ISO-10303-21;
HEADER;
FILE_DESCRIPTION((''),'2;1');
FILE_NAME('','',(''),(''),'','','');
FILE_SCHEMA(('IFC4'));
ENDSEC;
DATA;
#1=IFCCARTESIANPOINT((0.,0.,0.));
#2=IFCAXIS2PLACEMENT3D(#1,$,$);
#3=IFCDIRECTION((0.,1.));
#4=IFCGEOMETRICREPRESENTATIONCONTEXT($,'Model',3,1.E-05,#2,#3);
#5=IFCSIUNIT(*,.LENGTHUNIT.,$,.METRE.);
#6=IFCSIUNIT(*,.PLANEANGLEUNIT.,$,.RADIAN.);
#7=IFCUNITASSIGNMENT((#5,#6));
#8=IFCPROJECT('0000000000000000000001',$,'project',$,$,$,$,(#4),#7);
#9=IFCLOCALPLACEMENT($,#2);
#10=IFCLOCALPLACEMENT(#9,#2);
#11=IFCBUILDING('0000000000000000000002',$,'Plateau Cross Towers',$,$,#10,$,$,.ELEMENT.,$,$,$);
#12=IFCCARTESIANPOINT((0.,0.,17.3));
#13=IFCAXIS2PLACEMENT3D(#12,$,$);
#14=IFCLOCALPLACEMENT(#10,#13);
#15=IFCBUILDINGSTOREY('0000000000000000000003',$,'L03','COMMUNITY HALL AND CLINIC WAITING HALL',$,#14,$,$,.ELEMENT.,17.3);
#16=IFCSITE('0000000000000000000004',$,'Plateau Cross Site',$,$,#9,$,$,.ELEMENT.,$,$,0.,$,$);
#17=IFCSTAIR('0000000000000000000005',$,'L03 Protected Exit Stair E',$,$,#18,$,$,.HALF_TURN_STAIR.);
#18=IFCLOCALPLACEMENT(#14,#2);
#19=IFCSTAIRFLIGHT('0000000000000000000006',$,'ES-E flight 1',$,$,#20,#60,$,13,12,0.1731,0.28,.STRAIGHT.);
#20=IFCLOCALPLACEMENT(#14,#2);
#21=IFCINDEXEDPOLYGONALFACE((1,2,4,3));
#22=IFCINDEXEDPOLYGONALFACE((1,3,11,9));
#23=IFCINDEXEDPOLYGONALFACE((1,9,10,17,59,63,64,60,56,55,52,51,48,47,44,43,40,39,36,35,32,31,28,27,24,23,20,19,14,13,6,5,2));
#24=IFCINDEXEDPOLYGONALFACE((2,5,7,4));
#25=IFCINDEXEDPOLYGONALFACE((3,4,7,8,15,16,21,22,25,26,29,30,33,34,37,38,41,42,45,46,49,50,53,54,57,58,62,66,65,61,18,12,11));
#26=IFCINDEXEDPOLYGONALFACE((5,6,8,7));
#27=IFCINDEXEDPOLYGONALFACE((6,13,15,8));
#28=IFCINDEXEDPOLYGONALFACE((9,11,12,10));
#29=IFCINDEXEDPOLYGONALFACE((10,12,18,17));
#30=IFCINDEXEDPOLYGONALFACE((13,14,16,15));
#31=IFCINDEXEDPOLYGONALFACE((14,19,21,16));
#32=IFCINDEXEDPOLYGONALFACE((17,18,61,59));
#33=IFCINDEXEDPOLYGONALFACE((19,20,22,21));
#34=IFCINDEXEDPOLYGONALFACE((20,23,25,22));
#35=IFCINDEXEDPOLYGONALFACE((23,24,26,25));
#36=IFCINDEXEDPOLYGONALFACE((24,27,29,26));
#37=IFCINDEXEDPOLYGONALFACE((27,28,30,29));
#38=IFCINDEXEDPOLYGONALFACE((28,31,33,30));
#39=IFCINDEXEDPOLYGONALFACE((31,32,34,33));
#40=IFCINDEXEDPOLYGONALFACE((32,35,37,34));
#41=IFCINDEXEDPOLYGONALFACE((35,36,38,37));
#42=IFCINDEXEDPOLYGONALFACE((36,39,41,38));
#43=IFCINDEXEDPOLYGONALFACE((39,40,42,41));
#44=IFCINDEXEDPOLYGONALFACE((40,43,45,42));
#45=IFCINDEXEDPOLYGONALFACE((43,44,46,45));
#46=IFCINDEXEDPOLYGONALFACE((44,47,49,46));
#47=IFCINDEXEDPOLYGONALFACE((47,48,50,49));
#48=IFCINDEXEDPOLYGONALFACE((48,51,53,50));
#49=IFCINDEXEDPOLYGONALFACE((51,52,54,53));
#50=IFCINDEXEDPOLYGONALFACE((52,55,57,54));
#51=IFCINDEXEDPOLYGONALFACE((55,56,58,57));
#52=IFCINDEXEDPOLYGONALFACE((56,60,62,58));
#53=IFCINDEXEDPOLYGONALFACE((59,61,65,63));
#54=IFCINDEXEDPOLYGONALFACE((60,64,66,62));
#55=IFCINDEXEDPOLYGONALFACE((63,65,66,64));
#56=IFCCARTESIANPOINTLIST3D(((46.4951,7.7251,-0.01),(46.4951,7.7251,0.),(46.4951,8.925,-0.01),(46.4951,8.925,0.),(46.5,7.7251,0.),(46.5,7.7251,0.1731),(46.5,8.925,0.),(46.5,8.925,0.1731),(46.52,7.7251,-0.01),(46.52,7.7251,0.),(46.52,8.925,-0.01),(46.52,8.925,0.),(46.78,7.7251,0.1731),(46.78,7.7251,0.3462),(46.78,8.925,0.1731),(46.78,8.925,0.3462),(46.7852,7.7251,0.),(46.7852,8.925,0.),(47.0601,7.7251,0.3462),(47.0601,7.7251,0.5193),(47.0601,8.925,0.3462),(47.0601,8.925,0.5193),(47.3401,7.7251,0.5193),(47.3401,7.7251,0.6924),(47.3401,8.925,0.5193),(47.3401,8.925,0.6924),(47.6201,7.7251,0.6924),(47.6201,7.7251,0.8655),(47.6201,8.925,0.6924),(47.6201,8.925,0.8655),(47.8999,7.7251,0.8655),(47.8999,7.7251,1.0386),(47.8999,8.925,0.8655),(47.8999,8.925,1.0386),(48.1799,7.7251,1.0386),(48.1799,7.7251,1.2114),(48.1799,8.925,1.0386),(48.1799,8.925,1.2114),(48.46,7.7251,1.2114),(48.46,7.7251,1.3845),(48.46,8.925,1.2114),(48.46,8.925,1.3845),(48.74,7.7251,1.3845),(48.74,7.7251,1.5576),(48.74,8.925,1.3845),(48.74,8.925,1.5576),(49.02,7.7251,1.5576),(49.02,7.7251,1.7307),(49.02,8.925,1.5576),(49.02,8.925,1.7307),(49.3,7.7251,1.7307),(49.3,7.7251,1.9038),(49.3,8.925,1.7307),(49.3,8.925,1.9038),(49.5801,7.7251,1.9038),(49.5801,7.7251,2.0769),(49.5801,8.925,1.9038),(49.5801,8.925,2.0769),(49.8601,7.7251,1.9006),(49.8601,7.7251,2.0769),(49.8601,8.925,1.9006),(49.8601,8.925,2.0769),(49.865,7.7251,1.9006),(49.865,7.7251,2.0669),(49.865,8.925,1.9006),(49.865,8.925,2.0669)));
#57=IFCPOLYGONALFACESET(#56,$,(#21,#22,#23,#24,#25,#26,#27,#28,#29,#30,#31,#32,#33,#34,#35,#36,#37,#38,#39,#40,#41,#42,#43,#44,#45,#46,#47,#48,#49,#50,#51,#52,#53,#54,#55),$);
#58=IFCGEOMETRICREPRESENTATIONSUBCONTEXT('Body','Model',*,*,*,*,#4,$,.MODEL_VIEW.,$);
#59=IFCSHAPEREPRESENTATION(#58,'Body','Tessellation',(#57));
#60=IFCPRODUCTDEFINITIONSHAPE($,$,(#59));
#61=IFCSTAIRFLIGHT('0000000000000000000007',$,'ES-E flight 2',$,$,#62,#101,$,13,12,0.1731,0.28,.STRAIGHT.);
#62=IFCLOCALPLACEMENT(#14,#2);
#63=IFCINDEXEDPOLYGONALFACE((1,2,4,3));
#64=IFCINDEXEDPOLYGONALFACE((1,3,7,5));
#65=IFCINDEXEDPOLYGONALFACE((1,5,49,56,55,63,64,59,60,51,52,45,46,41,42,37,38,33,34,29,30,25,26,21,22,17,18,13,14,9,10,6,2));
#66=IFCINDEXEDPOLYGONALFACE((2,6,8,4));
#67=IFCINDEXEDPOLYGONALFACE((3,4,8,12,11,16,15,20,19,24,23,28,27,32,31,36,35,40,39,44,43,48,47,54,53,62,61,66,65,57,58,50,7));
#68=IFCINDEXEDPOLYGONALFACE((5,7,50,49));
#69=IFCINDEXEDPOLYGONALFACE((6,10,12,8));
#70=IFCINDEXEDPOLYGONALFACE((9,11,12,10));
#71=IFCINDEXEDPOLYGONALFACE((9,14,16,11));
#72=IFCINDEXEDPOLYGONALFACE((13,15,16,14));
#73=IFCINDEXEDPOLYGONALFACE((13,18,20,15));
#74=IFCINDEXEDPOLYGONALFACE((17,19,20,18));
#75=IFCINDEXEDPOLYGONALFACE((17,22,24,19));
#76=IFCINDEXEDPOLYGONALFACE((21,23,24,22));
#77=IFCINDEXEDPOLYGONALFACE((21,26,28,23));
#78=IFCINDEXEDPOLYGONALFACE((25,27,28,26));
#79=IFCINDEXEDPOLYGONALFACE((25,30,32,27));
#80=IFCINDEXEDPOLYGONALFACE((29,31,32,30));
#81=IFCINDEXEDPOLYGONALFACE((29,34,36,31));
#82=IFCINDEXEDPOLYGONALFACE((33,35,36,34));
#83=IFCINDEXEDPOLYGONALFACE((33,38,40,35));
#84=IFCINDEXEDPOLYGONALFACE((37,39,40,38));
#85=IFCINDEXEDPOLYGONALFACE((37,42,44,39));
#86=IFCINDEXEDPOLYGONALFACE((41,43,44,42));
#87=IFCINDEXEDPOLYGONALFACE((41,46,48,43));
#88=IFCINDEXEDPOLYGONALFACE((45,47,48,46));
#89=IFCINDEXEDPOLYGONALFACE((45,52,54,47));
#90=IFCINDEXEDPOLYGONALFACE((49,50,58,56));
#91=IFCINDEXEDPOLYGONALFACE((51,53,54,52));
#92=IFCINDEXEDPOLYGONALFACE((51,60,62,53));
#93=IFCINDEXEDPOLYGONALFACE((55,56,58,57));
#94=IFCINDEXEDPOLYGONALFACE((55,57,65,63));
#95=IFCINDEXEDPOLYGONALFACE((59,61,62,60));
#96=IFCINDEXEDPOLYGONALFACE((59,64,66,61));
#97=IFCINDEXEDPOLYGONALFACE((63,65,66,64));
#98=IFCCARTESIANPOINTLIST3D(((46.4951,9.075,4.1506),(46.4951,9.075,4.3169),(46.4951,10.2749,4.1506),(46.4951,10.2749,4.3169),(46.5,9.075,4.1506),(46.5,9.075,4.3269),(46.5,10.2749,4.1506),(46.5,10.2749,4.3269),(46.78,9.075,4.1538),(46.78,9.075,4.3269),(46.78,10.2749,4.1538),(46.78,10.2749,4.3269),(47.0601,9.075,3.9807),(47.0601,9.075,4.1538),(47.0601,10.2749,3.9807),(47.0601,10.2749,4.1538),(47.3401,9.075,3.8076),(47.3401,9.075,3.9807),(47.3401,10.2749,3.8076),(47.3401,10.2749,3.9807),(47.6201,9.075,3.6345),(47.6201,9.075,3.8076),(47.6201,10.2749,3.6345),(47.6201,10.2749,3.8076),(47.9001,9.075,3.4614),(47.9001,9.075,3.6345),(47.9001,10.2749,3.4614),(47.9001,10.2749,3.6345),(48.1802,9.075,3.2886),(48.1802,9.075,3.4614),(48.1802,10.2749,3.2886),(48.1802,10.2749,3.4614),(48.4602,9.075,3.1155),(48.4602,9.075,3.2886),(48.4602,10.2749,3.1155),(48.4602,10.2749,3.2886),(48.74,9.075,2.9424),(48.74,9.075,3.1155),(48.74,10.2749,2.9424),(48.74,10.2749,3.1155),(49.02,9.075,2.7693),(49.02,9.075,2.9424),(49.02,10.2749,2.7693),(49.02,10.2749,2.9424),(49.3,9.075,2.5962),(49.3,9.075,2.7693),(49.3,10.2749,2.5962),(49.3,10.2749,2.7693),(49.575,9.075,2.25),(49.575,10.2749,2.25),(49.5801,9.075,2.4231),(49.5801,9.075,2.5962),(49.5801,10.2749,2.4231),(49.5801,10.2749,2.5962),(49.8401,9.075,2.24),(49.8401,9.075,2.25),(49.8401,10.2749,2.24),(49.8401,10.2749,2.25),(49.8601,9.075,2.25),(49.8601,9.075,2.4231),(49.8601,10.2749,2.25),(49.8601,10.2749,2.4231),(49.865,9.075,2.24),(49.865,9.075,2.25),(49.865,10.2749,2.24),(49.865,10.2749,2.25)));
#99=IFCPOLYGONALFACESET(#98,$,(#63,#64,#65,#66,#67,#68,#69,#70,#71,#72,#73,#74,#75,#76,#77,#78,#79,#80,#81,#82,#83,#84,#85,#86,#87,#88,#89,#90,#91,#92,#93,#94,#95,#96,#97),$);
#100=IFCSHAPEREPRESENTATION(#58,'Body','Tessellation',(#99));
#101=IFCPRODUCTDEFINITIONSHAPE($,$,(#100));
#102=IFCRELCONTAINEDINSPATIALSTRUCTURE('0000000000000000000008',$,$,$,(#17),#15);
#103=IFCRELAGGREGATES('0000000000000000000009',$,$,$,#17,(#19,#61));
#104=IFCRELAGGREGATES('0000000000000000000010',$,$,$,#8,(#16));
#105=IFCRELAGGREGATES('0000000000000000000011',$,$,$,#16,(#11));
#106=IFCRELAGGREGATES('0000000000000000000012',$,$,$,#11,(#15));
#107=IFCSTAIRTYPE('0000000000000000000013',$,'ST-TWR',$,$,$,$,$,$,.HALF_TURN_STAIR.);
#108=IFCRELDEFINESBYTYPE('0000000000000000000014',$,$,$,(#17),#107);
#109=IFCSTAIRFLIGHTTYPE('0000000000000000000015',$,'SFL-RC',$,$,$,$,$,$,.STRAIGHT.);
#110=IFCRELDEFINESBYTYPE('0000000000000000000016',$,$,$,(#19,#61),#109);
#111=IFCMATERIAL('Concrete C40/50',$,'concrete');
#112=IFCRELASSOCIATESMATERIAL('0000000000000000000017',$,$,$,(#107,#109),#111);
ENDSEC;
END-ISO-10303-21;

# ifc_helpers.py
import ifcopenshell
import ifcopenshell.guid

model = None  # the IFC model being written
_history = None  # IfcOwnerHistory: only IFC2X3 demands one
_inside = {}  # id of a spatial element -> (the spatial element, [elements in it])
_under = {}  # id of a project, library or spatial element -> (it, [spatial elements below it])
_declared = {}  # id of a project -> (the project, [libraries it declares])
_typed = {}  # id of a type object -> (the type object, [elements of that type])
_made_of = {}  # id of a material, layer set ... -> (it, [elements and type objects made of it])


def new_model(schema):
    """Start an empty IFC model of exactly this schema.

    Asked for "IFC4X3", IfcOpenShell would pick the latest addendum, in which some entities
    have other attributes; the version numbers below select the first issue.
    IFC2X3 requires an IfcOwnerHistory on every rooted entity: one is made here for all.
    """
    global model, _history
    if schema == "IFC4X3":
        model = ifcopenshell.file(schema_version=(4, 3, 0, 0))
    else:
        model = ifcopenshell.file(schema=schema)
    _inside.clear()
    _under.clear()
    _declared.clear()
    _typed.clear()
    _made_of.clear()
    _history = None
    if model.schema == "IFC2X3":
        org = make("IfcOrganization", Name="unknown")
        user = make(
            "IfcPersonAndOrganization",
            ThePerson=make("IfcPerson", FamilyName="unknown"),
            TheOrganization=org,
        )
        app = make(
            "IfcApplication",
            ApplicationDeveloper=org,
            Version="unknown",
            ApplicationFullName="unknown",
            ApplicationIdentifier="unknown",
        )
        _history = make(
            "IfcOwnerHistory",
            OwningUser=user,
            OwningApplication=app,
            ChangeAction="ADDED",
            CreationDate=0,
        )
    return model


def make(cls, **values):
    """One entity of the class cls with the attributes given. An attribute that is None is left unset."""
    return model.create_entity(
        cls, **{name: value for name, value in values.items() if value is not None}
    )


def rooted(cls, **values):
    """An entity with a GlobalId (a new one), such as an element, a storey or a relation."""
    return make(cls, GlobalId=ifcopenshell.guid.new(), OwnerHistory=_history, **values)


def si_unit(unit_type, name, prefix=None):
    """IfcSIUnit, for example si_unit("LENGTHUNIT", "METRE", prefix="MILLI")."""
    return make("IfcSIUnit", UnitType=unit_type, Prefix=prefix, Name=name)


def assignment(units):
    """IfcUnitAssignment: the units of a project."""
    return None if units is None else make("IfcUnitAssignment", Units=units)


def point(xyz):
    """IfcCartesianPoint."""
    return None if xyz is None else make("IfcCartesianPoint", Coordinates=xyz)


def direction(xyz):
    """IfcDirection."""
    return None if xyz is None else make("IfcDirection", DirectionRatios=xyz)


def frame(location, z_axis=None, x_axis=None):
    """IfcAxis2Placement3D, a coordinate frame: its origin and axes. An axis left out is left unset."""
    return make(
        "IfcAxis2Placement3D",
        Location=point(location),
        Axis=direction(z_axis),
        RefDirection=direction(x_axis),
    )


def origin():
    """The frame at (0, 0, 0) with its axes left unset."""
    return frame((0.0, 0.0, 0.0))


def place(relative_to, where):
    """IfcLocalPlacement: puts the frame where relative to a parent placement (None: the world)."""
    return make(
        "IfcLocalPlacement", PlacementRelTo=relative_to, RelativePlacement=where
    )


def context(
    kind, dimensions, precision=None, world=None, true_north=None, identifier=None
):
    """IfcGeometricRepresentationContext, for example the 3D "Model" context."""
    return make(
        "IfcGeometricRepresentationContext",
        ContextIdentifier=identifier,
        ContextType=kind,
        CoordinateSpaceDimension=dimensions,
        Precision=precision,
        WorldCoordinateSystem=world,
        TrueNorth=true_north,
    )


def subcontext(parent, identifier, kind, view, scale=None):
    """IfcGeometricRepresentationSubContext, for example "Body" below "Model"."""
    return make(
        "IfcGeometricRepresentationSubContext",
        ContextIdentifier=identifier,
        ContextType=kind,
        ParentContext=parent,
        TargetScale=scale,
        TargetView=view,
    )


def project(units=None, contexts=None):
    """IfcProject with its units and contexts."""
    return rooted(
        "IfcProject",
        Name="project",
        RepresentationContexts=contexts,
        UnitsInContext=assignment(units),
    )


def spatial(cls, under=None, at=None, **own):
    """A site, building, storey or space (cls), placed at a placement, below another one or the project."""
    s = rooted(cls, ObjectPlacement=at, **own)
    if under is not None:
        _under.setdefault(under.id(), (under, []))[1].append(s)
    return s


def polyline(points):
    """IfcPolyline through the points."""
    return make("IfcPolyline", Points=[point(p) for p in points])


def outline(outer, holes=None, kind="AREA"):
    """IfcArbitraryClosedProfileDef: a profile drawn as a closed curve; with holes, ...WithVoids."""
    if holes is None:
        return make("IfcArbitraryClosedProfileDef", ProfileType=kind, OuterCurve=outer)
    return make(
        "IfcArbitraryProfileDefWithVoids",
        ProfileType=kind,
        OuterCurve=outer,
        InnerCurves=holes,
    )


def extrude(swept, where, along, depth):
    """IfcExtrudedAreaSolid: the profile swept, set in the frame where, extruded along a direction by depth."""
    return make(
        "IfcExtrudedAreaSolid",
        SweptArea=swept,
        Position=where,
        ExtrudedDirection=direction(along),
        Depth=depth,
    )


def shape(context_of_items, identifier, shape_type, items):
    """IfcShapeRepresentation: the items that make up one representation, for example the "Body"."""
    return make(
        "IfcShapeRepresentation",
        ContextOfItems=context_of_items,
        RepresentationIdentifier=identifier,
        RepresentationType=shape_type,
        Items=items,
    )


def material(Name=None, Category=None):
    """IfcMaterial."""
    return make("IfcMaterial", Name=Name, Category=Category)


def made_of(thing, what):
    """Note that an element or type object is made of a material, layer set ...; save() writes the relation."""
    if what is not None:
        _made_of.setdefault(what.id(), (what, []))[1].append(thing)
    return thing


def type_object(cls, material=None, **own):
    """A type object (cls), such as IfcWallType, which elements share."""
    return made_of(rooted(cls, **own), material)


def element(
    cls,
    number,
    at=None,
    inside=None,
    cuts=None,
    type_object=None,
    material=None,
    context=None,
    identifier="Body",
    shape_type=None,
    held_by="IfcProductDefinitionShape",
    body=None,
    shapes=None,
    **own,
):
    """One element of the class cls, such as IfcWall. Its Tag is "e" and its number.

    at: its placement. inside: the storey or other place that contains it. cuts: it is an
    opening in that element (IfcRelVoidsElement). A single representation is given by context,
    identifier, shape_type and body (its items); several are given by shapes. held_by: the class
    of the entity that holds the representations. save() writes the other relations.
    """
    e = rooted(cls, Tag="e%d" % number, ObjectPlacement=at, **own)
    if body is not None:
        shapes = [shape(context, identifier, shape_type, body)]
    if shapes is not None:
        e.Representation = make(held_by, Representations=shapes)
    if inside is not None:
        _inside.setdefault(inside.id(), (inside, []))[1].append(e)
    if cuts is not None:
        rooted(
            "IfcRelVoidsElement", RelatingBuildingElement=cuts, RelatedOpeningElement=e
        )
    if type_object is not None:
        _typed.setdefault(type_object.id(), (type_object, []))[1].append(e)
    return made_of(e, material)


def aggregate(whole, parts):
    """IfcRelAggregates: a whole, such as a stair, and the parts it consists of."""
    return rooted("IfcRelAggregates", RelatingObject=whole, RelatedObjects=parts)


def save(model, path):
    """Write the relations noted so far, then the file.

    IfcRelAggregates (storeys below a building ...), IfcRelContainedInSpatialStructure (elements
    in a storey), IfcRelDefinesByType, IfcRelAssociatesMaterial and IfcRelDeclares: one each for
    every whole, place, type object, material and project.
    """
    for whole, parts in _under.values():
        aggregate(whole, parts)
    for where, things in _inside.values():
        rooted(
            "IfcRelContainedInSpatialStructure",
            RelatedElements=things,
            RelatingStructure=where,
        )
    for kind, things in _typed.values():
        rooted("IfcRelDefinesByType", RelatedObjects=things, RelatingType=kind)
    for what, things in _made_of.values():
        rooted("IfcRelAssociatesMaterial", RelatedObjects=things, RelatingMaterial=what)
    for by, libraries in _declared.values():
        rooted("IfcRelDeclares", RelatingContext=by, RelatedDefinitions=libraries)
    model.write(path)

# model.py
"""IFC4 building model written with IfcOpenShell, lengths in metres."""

from ifc_helpers import new_model, si_unit, direction, frame, origin, place, context, subcontext, project, spatial, polyline, outline, extrude, material, type_object, element, aggregate, save


model = new_model("IFC4")

# Units and contexts
model_context = context("Model", 3, precision=1e-05, world=origin(), true_north=direction((0.0, 1.0)))
body_context = subcontext(model_context, "Body", "Model", "MODEL_VIEW")
ifc_project = project(units=[si_unit("LENGTHUNIT", "METRE"), si_unit("PLANEANGLEUNIT", "RADIAN")], contexts=[model_context])

# Site, building, storey
site_placement = place(None, origin())
site = spatial("IfcSite", under=ifc_project, at=site_placement, Name="Plateau Cross Site", CompositionType="ELEMENT", RefElevation=0.0)
building_placement = place(site_placement, origin())
building = spatial("IfcBuilding", under=site, at=building_placement, Name="Plateau Cross Towers", CompositionType="ELEMENT")
storey_placement = place(building_placement, frame((0.0, 0.0, 17.3)))
storey = spatial("IfcBuildingStorey", under=building, at=storey_placement, Name="L03", Description="COMMUNITY HALL AND CLINIC WAITING HALL", CompositionType="ELEMENT", Elevation=17.3)

# Stair, stair flights
ifc_material_1 = material(Name="Concrete C40/50", Category="concrete")
stair_type = type_object("IfcStairType", Name="ST-TWR", PredefinedType="HALF_TURN_STAIR", material=ifc_material_1)
stair_placement = place(storey_placement, origin())
stair = element("IfcStair", 1, at=stair_placement, inside=storey, type_object=stair_type, Name="L03 Protected Exit Stair E", PredefinedType="HALF_TURN_STAIR")
stair_flight_type = type_object("IfcStairFlightType", Name="SFL-RC", PredefinedType="STRAIGHT", material=ifc_material_1)
stair_flight_1_placement = place(storey_placement, frame((46.5, 8.325, 0.0), z_axis=(0.0, 0.0, 1.0), x_axis=(1.0, 0.0, 0.0)))
stair_flight_1 = element("IfcStairFlight", 2, at=stair_flight_1_placement, type_object=stair_flight_type, Name="ES-E flight 1", NumberOfRisers=13, NumberOfTreads=12, PredefinedType="STRAIGHT", RiserHeight=0.1731, TreadLength=0.28, context=body_context, shape_type="SweptSolid", body=[
    extrude(outline(polyline([(-0.0049, -0.01), (-0.0049, 0.0), (0.0, 0.0), (0.0, 0.1731), (0.28, 0.1731), (0.28, 0.3462), (0.5601, 0.3462), (0.5601, 0.5193), (0.8401, 0.5193), (0.8401, 0.6924), (1.1201, 0.6924), (1.1201, 0.8655), (1.3999, 0.8655), (1.3999, 1.0386), (1.6799, 1.0386), (1.6799, 1.2114), (1.96, 1.2114), (1.96, 1.3845), (2.24, 1.3845), (2.24, 1.5576), (2.52, 1.5576), (2.52, 1.7307), (2.8, 1.7307), (2.8, 1.9038), (3.0801, 1.9038), (3.0801, 2.0769), (3.3601, 2.0769), (3.365, 2.0669), (3.365, 1.9006), (3.3601, 1.9006), (0.2852, 0.0), (0.02, 0.0), (0.02, -0.01), (-0.0049, -0.01)])), frame((0.0, 0.6001, 0.0), z_axis=(0.0, -1.0, 0.0), x_axis=(1.0, 0.0, 0.0)), (0.0, 0.0, 1.0), 1.2),
])
stair_flight_2_placement = place(storey_placement, frame((49.8601, 9.675, 2.25), z_axis=(0.0, 0.0, 1.0), x_axis=(-1.0, 0.0, 0.0)))
stair_flight_2 = element("IfcStairFlight", 3, at=stair_flight_2_placement, type_object=stair_flight_type, Name="ES-E flight 2", NumberOfRisers=13, NumberOfTreads=12, PredefinedType="STRAIGHT", RiserHeight=0.1731, TreadLength=0.28, context=body_context, shape_type="SweptSolid", body=[
    extrude(outline(polyline([(-0.0049, -0.01), (-0.0049, 0.0), (0.0, 0.0), (0.0, 0.1731), (0.28, 0.1731), (0.28, 0.3462), (0.5601, 0.3462), (0.5601, 0.5193), (0.8401, 0.5193), (0.8401, 0.6924), (1.1201, 0.6924), (1.1201, 0.8655), (1.3999, 0.8655), (1.3999, 1.0386), (1.6799, 1.0386), (1.6799, 1.2114), (1.96, 1.2114), (1.96, 1.3845), (2.24, 1.3845), (2.24, 1.5576), (2.52, 1.5576), (2.52, 1.7307), (2.8, 1.7307), (2.8, 1.9038), (3.0801, 1.9038), (3.0801, 2.0769), (3.3601, 2.0769), (3.365, 2.0669), (3.365, 1.9006), (3.3601, 1.9006), (0.2852, 0.0), (0.02, 0.0), (0.02, -0.01), (-0.0049, -0.01)])), frame((0.0, 0.6001, 0.0), z_axis=(0.0, -1.0, 0.0), x_axis=(1.0, 0.0, 0.0)), (0.0, 0.0, 1.0), 1.2),
])
aggregate(stair, [stair_flight_1, stair_flight_2])

save(model, "model.ifc")
